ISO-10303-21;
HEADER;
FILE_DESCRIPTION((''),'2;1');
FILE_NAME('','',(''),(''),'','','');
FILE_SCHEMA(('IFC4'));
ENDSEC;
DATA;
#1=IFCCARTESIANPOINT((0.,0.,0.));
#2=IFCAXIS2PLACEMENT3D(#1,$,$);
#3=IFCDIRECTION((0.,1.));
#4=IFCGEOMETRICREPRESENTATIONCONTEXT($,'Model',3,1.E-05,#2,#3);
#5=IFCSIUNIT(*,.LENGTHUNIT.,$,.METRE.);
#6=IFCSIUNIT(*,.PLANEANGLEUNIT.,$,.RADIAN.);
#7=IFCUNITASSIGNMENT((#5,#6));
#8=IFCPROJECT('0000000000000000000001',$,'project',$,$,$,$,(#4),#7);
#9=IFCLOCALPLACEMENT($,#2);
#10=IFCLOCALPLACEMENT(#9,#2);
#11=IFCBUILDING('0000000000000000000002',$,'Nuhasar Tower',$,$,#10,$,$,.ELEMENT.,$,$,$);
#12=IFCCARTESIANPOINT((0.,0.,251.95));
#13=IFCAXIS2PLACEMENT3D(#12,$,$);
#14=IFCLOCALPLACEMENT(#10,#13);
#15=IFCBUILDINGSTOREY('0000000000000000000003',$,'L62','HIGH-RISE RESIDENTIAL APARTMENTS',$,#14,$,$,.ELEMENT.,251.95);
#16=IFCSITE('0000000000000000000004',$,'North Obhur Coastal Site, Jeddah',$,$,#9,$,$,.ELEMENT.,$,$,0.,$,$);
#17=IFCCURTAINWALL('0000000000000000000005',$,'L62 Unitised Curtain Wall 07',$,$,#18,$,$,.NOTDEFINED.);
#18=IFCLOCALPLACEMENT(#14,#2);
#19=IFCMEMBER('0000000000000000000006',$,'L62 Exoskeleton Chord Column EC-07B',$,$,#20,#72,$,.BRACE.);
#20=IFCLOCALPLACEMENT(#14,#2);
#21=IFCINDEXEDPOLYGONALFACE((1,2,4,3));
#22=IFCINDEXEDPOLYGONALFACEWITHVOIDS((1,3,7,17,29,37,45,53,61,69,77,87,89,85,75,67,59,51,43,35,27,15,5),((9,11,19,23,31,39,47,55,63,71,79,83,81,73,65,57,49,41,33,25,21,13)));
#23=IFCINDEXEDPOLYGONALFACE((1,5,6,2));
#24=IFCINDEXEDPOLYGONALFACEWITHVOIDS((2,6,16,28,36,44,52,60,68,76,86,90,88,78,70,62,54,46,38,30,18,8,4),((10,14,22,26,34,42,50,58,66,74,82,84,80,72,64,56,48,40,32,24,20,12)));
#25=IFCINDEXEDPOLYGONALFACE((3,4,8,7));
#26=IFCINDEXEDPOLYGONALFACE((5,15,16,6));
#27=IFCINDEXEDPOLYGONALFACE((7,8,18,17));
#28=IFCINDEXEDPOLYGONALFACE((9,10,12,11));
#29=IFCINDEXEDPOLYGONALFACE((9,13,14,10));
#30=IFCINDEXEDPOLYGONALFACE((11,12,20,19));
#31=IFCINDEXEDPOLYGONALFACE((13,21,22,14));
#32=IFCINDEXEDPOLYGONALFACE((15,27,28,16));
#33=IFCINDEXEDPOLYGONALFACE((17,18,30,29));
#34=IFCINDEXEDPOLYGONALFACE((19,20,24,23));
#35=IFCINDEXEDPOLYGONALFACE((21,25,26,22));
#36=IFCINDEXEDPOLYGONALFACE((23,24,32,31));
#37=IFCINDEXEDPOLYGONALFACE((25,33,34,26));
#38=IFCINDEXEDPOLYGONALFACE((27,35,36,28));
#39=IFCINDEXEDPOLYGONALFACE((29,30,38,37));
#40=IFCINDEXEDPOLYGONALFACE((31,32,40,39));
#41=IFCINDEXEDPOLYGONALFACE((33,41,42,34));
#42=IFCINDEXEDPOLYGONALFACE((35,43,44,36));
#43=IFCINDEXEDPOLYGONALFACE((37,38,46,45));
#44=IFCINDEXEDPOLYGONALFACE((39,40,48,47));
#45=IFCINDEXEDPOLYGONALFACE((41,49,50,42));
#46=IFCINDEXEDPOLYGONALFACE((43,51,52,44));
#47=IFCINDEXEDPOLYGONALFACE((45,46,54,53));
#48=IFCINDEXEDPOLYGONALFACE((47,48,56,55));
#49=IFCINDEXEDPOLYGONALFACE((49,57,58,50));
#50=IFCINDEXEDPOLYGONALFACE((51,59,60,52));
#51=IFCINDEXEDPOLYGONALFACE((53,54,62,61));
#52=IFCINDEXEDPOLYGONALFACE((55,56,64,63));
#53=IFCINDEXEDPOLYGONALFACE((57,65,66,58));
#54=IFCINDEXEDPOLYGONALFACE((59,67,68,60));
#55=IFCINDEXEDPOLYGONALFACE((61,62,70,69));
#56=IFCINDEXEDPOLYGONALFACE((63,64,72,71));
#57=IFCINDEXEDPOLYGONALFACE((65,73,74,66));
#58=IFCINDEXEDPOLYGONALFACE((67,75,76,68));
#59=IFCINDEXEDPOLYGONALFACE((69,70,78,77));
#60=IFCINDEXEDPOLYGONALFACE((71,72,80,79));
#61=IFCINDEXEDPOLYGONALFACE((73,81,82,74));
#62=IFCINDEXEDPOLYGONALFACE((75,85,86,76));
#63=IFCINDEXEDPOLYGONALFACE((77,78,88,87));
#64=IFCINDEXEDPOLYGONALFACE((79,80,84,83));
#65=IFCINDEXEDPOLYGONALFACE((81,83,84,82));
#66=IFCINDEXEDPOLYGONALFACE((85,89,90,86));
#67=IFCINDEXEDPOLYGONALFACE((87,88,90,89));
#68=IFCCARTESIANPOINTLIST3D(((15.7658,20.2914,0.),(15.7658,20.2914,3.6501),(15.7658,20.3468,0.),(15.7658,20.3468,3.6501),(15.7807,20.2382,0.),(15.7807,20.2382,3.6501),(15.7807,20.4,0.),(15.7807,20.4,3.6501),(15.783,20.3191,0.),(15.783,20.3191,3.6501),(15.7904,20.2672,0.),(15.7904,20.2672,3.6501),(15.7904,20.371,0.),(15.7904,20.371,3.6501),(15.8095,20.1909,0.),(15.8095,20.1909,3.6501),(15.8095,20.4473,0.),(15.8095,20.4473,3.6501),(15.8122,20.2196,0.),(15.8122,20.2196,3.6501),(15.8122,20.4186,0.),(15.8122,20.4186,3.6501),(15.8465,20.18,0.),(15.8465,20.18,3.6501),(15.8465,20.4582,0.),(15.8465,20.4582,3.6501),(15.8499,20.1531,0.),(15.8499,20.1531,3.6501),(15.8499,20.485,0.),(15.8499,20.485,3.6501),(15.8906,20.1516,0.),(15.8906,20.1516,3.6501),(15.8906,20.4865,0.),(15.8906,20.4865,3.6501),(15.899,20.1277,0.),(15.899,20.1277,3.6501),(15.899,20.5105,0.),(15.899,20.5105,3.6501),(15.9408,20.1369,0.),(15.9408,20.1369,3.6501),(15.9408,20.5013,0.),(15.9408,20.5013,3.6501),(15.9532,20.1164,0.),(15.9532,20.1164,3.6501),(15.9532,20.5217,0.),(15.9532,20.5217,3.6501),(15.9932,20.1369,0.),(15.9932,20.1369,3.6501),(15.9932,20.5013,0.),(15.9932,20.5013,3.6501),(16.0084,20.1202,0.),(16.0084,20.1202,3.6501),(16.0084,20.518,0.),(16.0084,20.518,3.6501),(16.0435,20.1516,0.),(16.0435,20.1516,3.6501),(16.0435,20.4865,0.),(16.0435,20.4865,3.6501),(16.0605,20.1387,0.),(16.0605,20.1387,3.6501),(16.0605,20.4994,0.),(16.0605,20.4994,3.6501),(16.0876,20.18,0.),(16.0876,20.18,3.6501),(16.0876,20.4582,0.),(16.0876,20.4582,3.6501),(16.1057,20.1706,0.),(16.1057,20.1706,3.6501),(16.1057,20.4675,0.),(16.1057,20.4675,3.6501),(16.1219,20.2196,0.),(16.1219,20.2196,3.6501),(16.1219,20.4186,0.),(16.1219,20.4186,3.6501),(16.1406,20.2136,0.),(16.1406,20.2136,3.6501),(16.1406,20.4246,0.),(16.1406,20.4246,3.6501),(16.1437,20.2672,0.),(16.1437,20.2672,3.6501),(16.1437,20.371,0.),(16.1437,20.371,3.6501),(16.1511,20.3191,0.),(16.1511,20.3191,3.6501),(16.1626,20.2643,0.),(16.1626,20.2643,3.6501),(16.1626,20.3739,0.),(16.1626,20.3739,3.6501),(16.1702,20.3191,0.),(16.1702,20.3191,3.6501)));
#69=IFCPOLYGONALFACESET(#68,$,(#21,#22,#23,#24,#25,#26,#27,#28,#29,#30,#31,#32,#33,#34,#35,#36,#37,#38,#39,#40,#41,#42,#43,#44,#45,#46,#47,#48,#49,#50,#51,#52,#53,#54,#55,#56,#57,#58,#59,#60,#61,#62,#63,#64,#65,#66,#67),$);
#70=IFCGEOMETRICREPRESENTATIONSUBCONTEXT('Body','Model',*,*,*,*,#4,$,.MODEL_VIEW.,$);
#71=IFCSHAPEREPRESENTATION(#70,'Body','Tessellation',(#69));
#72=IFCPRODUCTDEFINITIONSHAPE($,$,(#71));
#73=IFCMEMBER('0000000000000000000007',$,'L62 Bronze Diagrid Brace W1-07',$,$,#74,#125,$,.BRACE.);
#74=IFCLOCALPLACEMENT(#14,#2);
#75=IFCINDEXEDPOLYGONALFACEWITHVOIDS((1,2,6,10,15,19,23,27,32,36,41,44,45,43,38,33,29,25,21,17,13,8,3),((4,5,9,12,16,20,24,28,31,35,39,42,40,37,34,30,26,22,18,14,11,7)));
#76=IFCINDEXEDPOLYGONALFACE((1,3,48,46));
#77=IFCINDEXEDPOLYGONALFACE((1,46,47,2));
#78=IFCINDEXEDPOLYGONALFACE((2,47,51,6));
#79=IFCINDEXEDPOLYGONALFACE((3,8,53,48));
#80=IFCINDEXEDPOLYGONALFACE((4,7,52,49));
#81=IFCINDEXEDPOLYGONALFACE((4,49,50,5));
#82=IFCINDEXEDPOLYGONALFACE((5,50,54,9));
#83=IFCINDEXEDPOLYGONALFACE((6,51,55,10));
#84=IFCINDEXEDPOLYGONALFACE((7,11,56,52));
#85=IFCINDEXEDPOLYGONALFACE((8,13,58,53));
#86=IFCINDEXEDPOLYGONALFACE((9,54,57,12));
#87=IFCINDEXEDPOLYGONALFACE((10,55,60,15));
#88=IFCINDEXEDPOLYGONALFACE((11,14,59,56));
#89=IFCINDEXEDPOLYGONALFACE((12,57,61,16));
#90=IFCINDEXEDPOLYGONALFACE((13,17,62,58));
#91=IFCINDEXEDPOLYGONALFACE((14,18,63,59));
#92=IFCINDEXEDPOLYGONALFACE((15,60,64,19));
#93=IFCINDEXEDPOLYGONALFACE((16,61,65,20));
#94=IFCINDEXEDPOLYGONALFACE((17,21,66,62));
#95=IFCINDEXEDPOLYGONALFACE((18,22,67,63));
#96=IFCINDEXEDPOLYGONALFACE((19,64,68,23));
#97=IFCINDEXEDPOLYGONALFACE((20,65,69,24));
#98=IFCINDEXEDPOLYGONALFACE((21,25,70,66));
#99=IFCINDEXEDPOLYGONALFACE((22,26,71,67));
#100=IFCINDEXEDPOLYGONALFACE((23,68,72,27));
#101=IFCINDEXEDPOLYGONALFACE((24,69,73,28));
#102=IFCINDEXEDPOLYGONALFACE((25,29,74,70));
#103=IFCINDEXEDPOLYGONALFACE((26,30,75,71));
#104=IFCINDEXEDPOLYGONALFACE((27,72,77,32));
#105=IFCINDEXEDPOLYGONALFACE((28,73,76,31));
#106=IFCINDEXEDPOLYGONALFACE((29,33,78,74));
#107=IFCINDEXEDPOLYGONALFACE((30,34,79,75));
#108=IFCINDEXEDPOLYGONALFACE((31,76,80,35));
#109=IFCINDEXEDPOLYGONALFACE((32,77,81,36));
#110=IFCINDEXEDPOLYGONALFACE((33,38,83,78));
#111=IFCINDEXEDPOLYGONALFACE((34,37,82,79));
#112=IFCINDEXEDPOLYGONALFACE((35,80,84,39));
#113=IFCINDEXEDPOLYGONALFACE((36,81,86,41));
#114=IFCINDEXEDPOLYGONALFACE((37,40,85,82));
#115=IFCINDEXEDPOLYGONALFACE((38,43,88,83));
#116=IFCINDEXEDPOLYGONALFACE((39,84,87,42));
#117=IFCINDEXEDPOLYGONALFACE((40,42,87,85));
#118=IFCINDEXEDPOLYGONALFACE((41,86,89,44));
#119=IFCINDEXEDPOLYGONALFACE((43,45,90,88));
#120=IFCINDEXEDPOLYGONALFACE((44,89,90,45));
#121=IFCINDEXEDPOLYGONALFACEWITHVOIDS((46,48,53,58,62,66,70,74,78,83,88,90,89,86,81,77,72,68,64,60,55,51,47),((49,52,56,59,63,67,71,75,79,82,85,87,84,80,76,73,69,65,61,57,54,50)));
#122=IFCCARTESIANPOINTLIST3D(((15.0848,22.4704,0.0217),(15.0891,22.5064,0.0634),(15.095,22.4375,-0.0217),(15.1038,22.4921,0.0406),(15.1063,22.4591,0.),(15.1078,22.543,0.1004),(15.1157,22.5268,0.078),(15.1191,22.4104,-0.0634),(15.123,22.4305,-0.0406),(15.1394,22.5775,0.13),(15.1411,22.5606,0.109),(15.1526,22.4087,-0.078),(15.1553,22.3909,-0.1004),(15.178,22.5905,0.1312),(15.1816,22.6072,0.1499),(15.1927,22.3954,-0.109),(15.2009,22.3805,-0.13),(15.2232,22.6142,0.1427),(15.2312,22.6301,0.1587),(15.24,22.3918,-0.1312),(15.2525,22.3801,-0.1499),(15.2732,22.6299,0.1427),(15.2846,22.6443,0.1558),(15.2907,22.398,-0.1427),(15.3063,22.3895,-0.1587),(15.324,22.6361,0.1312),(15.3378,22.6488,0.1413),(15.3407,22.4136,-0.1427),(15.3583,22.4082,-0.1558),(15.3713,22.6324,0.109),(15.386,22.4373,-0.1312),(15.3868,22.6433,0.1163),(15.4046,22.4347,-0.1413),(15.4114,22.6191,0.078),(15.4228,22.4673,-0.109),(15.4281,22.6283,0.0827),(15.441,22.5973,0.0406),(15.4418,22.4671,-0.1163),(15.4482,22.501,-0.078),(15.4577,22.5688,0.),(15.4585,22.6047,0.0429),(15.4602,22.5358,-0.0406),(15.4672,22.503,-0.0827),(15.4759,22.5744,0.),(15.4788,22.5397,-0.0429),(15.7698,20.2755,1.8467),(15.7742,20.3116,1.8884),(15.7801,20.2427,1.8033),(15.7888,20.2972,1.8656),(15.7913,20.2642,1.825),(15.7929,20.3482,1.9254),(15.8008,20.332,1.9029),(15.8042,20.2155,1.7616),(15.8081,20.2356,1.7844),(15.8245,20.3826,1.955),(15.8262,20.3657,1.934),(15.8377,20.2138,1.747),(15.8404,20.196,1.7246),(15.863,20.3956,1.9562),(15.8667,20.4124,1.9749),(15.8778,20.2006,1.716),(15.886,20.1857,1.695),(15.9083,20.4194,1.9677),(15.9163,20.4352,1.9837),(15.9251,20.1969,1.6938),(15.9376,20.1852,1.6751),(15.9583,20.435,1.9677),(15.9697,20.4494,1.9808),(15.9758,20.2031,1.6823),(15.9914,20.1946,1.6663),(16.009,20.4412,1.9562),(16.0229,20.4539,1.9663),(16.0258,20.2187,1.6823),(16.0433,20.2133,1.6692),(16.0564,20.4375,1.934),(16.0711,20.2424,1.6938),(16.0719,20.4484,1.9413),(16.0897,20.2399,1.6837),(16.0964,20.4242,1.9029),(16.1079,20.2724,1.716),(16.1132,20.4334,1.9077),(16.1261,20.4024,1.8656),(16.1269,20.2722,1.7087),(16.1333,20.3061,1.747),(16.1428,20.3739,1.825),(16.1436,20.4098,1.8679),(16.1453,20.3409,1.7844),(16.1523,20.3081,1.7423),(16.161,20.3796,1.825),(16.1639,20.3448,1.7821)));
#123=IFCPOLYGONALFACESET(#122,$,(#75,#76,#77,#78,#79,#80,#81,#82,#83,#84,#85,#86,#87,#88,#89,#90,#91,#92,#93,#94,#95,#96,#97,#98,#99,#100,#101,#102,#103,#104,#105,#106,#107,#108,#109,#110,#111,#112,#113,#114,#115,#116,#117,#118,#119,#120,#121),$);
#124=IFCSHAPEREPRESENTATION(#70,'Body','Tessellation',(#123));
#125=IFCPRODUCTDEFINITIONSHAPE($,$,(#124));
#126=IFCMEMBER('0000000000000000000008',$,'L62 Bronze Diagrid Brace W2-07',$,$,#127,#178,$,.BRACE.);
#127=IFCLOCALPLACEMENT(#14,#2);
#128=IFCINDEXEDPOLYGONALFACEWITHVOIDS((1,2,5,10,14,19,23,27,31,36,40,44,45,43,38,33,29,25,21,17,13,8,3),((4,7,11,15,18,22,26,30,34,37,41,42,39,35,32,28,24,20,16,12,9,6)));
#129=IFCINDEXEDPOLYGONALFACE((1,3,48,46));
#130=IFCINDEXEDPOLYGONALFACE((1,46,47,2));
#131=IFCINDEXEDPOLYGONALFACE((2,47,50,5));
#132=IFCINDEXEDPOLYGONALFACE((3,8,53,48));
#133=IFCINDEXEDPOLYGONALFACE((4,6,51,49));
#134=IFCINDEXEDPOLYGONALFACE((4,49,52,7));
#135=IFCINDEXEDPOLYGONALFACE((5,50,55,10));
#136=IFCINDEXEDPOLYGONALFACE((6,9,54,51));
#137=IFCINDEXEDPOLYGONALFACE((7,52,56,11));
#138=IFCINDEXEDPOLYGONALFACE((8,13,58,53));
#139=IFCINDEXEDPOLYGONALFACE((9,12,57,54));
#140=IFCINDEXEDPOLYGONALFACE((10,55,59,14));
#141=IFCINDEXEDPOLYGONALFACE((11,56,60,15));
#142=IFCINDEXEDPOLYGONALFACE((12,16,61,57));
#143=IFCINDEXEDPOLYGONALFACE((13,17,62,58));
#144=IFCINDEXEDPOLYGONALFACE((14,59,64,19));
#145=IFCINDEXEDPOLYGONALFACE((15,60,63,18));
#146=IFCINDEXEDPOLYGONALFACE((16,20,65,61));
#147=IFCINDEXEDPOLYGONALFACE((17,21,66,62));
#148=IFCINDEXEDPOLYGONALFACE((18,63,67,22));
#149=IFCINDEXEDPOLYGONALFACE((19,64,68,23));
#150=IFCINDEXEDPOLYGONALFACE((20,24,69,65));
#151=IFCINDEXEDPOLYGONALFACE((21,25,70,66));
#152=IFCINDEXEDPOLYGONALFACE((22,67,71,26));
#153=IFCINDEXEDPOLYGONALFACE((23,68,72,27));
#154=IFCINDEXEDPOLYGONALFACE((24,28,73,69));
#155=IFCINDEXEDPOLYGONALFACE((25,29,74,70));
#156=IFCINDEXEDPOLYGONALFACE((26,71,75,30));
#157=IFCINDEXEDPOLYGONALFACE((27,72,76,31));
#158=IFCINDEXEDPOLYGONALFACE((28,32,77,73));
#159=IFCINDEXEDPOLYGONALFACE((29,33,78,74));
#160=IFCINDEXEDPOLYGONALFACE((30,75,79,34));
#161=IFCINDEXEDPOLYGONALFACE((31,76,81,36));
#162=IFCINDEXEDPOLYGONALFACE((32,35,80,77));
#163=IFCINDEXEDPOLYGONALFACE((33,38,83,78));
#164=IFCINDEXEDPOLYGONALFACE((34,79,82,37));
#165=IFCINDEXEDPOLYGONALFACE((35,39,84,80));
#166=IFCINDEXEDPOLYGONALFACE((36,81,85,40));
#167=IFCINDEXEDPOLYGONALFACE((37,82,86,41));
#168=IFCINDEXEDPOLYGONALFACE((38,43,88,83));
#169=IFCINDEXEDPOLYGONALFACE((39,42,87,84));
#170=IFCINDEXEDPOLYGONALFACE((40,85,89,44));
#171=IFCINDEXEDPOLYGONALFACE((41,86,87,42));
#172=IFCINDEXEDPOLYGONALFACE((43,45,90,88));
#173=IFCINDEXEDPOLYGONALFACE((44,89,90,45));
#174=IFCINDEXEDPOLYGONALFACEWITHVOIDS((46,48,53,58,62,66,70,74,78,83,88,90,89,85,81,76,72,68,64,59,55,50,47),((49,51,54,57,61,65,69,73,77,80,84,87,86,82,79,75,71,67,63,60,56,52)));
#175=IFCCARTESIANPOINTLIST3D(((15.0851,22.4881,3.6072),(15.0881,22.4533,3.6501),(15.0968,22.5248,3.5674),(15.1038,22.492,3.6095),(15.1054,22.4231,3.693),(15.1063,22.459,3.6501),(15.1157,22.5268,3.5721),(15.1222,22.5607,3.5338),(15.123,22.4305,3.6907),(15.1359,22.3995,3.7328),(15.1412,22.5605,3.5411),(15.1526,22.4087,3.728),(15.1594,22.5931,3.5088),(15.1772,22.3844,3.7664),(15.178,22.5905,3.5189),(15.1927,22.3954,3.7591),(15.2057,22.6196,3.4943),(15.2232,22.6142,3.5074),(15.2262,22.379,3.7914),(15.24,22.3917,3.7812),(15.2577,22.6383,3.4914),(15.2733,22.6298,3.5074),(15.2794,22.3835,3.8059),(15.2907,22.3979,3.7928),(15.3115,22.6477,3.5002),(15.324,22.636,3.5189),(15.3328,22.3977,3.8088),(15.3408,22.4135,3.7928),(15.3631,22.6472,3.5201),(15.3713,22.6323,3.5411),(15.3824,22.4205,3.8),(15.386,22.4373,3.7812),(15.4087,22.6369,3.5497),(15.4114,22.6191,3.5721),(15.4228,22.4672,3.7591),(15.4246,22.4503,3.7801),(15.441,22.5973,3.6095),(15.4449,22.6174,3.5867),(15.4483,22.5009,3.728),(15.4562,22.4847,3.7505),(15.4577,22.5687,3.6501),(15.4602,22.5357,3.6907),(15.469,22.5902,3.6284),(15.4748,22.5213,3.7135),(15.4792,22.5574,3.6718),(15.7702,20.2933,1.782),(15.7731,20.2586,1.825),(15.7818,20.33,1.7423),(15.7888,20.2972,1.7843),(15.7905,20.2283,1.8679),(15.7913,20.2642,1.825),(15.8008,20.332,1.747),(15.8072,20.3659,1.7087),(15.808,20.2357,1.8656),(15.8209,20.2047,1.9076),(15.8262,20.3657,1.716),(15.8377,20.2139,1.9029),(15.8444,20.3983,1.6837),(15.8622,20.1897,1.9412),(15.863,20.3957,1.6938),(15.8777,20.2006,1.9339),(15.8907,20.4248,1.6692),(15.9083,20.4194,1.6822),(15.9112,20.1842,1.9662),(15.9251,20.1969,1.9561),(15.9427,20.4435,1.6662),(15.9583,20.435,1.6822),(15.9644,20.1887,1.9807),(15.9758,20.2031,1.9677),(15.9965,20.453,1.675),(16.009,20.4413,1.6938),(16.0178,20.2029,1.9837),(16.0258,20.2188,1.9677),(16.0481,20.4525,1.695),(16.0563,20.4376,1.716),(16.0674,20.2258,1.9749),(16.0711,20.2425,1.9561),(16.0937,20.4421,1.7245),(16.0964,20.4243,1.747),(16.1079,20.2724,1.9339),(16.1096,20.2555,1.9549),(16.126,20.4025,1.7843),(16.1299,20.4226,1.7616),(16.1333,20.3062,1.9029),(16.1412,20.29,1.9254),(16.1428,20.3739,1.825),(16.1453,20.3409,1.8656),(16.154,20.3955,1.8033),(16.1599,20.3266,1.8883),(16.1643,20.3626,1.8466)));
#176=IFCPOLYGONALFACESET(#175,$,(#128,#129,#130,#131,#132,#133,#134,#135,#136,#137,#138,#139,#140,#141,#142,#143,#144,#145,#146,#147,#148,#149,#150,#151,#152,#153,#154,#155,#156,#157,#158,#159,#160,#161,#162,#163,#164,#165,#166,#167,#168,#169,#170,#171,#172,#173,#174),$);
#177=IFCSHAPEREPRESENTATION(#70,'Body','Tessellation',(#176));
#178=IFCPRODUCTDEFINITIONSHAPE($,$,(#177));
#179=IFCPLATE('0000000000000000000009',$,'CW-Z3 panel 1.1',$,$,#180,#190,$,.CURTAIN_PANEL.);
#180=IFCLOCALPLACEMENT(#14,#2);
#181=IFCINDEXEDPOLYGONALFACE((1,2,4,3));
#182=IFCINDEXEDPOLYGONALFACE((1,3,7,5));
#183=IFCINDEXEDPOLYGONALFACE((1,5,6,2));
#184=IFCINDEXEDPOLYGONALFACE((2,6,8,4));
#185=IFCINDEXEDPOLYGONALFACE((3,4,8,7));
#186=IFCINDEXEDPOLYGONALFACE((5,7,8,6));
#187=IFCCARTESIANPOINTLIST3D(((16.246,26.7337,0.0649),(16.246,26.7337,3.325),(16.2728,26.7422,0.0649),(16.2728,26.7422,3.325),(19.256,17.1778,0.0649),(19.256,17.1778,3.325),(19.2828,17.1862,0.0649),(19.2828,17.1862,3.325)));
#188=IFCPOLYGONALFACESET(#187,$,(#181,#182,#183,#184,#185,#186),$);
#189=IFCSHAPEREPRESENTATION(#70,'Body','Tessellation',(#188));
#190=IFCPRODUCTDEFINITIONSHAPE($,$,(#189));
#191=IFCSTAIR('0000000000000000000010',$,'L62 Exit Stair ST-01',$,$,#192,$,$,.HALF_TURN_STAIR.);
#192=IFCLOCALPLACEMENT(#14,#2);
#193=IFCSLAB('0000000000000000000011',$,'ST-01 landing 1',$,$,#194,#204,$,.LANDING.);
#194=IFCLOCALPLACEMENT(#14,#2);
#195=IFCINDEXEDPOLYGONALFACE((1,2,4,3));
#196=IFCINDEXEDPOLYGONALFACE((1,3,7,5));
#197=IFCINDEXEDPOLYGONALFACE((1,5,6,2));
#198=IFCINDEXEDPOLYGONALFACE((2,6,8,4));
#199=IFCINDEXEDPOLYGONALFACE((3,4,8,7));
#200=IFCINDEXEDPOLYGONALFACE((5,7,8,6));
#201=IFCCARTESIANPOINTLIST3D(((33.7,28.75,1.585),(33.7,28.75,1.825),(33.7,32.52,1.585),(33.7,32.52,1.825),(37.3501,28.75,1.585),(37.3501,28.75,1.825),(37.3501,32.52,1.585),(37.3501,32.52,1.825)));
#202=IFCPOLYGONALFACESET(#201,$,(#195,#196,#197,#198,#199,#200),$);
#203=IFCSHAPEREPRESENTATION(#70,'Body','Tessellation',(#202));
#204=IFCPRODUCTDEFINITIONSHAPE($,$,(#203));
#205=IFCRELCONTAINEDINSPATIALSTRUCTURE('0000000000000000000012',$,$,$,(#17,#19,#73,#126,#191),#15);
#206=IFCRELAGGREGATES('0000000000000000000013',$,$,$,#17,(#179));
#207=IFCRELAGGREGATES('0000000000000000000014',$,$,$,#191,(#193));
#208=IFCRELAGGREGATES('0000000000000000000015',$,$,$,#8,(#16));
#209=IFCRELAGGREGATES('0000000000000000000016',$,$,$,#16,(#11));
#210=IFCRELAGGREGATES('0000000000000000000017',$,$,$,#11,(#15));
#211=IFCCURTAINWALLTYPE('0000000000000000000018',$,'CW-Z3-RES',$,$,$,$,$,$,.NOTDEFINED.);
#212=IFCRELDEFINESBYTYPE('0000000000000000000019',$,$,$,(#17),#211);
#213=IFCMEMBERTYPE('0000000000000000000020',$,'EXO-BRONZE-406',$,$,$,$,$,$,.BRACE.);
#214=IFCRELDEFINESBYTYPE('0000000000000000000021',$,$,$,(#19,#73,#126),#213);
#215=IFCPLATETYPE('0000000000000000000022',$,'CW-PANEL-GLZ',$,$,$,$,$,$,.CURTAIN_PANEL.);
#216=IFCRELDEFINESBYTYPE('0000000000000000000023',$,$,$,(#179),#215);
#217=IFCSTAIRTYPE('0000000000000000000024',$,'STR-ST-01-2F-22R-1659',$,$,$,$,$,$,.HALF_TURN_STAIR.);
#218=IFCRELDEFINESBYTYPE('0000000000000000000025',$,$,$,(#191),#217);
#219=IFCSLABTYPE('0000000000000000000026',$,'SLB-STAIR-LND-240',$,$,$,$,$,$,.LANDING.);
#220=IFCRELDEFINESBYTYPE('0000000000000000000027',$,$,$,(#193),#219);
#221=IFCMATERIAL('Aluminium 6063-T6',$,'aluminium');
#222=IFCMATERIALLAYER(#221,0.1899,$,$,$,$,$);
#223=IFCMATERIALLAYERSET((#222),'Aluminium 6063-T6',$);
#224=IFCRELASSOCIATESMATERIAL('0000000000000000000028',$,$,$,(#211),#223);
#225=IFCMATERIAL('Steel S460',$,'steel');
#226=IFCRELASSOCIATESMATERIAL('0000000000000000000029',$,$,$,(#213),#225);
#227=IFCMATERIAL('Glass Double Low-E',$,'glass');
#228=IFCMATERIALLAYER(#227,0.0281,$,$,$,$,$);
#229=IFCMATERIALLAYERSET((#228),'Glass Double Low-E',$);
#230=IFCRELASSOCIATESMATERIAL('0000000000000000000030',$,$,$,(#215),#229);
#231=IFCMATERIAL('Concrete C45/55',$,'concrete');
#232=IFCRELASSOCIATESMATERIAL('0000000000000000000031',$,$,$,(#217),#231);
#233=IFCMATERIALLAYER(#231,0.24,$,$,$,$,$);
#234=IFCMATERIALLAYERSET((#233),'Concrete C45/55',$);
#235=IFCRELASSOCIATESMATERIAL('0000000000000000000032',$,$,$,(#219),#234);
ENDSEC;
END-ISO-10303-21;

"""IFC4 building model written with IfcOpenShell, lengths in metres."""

from ifc_helpers import new_model, si_unit, direction, frame, origin, origin_2d, place, context, subcontext, project, spatial, polyline, rectangle, hollow_circle, outline, extrude, material, layer, layer_set, material_profile, profile_set, type_object, element, aggregate, save


model = new_model("IFC4")

# Units and contexts
model_context = context("Model", 3, precision=1e-05, world=origin(), true_north=direction((0.0, 1.0)))
body_context = subcontext(model_context, "Body", "Model", "MODEL_VIEW")
ifc_project = project(units=[si_unit("LENGTHUNIT", "METRE"), si_unit("PLANEANGLEUNIT", "RADIAN")], contexts=[model_context])

# Site, building, storey
site_placement = place(None, origin())
site = spatial("IfcSite", under=ifc_project, at=site_placement, Name="North Obhur Coastal Site, Jeddah", CompositionType="ELEMENT", RefElevation=0.0)
building_placement = place(site_placement, origin())
building = spatial("IfcBuilding", under=site, at=building_placement, Name="Nuhasar Tower", CompositionType="ELEMENT")
storey_placement = place(building_placement, frame((0.0, 0.0, 251.95)))
storey = spatial("IfcBuildingStorey", under=building, at=storey_placement, Name="L62", Description="HIGH-RISE RESIDENTIAL APARTMENTS", CompositionType="ELEMENT", Elevation=251.95)

# Shared definitions
ifc_material_1 = material(Name="Aluminium 6063-T6", Category="aluminium")
ifc_layer_1 = layer(ifc_material_1, 0.1899)
ifc_layer_set_1 = layer_set([ifc_layer_1], Name="Aluminium 6063-T6")
curtain_wall_type = type_object("IfcCurtainWallType", Name="CW-Z3-RES", PredefinedType="NOTDEFINED", material=ifc_layer_set_1)

# Curtain wall
curtain_wall_1_placement = place(storey_placement, origin())
curtain_wall_1 = element("IfcCurtainWall", 1, at=curtain_wall_1_placement, inside=storey, type_object=curtain_wall_type, Name="L62 Unitised Curtain Wall 07", PredefinedType="NOTDEFINED")

# Members
ifc_material_2 = material(Name="Steel S460", Category="steel")
ifc_material_profile_1 = material_profile(ifc_material_2, hollow_circle(Radius=0.2031, WallThickness=0.019, at=origin_2d()), Name="HSS406.4X19.1")
ifc_profile_set_1 = profile_set([ifc_material_profile_1], Name="Steel S460")
member_type_1 = type_object("IfcMemberType", Name="EXO-BRONZE-406", PredefinedType="BRACE", material=ifc_profile_set_1)
for number, where, z_axis, x_axis, name in (
    (2, (15.967, 20.3191, 0.0), (0.0, 0.0, 1.0), (1.0, 0.0, 0.0), "L62 Exoskeleton Chord Column EC-07B"),
):
    element("IfcMember", number, at=place(storey_placement, frame(where, z_axis=z_axis, x_axis=x_axis)), inside=storey, type_object=member_type_1, Name=name, PredefinedType="BRACE", context=body_context, shape_type="SweptSolid", body=[
        extrude(hollow_circle(Radius=0.2031, WallThickness=0.019, at=origin_2d()), origin(), (0.0, 0.0, 1.0), 3.6501),
    ])
for number, where, z_axis, x_axis, name in (
    (3, (15.282, 22.5139, 0.0), (0.233372, -0.74769, 0.621689), (0.954582, 0.297948, 0.0), "L62 Bronze Diagrid Brace W1-07"),
    (4, (15.967, 20.3191, 1.825), (-0.23336, 0.747651, 0.62174), (-0.954582, -0.297948, 0.0), "L62 Bronze Diagrid Brace W2-07"),
):
    element("IfcMember", number, at=place(storey_placement, frame(where, z_axis=z_axis, x_axis=x_axis)), inside=storey, type_object=member_type_1, Name=name, PredefinedType="BRACE", context=body_context, shape_type="SweptSolid", body=[
        extrude(hollow_circle(Radius=0.2031, WallThickness=0.019, at=origin_2d()), origin(), (0.0, 0.0, 1.0), 2.9355),
    ])

# Plate
ifc_material_3 = material(Name="Glass Double Low-E", Category="glass")
ifc_layer_2 = layer(ifc_material_3, 0.0281)
ifc_layer_set_2 = layer_set([ifc_layer_2], Name="Glass Double Low-E")
plate_type = type_object("IfcPlateType", Name="CW-PANEL-GLZ", PredefinedType="CURTAIN_PANEL", material=ifc_layer_set_2)
plate_placement = place(storey_placement, frame((17.7644, 21.96, 0.0649), z_axis=(0.0, 0.0, 1.0), x_axis=(0.300429, -0.953804, 0.0)))
plate = element("IfcPlate", 5, at=plate_placement, type_object=plate_type, Name="CW-Z3 panel 1.1", PredefinedType="CURTAIN_PANEL", context=body_context, shape_type="SweptSolid", body=[
    extrude(rectangle(XDim=10.0188, YDim=0.0281, at=origin_2d()), origin(), (0.0, 0.0, 1.0), 3.26),
])
aggregate(curtain_wall_1, [plate])

# Stair, slab
ifc_material_4 = material(Name="Concrete C45/55", Category="concrete")
stair_type_1 = type_object("IfcStairType", Name="STR-ST-01-2F-22R-1659", PredefinedType="HALF_TURN_STAIR", material=ifc_material_4)
stair_1_placement = place(storey_placement, origin())
stair_1 = element("IfcStair", 6, at=stair_1_placement, inside=storey, type_object=stair_type_1, Name="L62 Exit Stair ST-01", PredefinedType="HALF_TURN_STAIR")
ifc_layer_3 = layer(ifc_material_4, 0.24)
ifc_layer_set_3 = layer_set([ifc_layer_3], Name="Concrete C45/55")
slab_type_1 = type_object("IfcSlabType", Name="SLB-STAIR-LND-240", PredefinedType="LANDING", material=ifc_layer_set_3)
slab_1_placement = place(storey_placement, frame((0.0, 0.0, 1.585)))
slab_1 = element("IfcSlab", 7, at=slab_1_placement, type_object=slab_type_1, Name="ST-01 landing 1", PredefinedType="LANDING", context=body_context, shape_type="SweptSolid", body=[
    extrude(outline(polyline([(33.7, 28.75), (37.3501, 28.75), (37.3501, 32.52), (33.7, 32.52), (33.7, 28.75)])), origin(), (0.0, 0.0, 1.0), 0.24),
])
aggregate(stair_1, [slab_1])

save(model, "model.ifc")
